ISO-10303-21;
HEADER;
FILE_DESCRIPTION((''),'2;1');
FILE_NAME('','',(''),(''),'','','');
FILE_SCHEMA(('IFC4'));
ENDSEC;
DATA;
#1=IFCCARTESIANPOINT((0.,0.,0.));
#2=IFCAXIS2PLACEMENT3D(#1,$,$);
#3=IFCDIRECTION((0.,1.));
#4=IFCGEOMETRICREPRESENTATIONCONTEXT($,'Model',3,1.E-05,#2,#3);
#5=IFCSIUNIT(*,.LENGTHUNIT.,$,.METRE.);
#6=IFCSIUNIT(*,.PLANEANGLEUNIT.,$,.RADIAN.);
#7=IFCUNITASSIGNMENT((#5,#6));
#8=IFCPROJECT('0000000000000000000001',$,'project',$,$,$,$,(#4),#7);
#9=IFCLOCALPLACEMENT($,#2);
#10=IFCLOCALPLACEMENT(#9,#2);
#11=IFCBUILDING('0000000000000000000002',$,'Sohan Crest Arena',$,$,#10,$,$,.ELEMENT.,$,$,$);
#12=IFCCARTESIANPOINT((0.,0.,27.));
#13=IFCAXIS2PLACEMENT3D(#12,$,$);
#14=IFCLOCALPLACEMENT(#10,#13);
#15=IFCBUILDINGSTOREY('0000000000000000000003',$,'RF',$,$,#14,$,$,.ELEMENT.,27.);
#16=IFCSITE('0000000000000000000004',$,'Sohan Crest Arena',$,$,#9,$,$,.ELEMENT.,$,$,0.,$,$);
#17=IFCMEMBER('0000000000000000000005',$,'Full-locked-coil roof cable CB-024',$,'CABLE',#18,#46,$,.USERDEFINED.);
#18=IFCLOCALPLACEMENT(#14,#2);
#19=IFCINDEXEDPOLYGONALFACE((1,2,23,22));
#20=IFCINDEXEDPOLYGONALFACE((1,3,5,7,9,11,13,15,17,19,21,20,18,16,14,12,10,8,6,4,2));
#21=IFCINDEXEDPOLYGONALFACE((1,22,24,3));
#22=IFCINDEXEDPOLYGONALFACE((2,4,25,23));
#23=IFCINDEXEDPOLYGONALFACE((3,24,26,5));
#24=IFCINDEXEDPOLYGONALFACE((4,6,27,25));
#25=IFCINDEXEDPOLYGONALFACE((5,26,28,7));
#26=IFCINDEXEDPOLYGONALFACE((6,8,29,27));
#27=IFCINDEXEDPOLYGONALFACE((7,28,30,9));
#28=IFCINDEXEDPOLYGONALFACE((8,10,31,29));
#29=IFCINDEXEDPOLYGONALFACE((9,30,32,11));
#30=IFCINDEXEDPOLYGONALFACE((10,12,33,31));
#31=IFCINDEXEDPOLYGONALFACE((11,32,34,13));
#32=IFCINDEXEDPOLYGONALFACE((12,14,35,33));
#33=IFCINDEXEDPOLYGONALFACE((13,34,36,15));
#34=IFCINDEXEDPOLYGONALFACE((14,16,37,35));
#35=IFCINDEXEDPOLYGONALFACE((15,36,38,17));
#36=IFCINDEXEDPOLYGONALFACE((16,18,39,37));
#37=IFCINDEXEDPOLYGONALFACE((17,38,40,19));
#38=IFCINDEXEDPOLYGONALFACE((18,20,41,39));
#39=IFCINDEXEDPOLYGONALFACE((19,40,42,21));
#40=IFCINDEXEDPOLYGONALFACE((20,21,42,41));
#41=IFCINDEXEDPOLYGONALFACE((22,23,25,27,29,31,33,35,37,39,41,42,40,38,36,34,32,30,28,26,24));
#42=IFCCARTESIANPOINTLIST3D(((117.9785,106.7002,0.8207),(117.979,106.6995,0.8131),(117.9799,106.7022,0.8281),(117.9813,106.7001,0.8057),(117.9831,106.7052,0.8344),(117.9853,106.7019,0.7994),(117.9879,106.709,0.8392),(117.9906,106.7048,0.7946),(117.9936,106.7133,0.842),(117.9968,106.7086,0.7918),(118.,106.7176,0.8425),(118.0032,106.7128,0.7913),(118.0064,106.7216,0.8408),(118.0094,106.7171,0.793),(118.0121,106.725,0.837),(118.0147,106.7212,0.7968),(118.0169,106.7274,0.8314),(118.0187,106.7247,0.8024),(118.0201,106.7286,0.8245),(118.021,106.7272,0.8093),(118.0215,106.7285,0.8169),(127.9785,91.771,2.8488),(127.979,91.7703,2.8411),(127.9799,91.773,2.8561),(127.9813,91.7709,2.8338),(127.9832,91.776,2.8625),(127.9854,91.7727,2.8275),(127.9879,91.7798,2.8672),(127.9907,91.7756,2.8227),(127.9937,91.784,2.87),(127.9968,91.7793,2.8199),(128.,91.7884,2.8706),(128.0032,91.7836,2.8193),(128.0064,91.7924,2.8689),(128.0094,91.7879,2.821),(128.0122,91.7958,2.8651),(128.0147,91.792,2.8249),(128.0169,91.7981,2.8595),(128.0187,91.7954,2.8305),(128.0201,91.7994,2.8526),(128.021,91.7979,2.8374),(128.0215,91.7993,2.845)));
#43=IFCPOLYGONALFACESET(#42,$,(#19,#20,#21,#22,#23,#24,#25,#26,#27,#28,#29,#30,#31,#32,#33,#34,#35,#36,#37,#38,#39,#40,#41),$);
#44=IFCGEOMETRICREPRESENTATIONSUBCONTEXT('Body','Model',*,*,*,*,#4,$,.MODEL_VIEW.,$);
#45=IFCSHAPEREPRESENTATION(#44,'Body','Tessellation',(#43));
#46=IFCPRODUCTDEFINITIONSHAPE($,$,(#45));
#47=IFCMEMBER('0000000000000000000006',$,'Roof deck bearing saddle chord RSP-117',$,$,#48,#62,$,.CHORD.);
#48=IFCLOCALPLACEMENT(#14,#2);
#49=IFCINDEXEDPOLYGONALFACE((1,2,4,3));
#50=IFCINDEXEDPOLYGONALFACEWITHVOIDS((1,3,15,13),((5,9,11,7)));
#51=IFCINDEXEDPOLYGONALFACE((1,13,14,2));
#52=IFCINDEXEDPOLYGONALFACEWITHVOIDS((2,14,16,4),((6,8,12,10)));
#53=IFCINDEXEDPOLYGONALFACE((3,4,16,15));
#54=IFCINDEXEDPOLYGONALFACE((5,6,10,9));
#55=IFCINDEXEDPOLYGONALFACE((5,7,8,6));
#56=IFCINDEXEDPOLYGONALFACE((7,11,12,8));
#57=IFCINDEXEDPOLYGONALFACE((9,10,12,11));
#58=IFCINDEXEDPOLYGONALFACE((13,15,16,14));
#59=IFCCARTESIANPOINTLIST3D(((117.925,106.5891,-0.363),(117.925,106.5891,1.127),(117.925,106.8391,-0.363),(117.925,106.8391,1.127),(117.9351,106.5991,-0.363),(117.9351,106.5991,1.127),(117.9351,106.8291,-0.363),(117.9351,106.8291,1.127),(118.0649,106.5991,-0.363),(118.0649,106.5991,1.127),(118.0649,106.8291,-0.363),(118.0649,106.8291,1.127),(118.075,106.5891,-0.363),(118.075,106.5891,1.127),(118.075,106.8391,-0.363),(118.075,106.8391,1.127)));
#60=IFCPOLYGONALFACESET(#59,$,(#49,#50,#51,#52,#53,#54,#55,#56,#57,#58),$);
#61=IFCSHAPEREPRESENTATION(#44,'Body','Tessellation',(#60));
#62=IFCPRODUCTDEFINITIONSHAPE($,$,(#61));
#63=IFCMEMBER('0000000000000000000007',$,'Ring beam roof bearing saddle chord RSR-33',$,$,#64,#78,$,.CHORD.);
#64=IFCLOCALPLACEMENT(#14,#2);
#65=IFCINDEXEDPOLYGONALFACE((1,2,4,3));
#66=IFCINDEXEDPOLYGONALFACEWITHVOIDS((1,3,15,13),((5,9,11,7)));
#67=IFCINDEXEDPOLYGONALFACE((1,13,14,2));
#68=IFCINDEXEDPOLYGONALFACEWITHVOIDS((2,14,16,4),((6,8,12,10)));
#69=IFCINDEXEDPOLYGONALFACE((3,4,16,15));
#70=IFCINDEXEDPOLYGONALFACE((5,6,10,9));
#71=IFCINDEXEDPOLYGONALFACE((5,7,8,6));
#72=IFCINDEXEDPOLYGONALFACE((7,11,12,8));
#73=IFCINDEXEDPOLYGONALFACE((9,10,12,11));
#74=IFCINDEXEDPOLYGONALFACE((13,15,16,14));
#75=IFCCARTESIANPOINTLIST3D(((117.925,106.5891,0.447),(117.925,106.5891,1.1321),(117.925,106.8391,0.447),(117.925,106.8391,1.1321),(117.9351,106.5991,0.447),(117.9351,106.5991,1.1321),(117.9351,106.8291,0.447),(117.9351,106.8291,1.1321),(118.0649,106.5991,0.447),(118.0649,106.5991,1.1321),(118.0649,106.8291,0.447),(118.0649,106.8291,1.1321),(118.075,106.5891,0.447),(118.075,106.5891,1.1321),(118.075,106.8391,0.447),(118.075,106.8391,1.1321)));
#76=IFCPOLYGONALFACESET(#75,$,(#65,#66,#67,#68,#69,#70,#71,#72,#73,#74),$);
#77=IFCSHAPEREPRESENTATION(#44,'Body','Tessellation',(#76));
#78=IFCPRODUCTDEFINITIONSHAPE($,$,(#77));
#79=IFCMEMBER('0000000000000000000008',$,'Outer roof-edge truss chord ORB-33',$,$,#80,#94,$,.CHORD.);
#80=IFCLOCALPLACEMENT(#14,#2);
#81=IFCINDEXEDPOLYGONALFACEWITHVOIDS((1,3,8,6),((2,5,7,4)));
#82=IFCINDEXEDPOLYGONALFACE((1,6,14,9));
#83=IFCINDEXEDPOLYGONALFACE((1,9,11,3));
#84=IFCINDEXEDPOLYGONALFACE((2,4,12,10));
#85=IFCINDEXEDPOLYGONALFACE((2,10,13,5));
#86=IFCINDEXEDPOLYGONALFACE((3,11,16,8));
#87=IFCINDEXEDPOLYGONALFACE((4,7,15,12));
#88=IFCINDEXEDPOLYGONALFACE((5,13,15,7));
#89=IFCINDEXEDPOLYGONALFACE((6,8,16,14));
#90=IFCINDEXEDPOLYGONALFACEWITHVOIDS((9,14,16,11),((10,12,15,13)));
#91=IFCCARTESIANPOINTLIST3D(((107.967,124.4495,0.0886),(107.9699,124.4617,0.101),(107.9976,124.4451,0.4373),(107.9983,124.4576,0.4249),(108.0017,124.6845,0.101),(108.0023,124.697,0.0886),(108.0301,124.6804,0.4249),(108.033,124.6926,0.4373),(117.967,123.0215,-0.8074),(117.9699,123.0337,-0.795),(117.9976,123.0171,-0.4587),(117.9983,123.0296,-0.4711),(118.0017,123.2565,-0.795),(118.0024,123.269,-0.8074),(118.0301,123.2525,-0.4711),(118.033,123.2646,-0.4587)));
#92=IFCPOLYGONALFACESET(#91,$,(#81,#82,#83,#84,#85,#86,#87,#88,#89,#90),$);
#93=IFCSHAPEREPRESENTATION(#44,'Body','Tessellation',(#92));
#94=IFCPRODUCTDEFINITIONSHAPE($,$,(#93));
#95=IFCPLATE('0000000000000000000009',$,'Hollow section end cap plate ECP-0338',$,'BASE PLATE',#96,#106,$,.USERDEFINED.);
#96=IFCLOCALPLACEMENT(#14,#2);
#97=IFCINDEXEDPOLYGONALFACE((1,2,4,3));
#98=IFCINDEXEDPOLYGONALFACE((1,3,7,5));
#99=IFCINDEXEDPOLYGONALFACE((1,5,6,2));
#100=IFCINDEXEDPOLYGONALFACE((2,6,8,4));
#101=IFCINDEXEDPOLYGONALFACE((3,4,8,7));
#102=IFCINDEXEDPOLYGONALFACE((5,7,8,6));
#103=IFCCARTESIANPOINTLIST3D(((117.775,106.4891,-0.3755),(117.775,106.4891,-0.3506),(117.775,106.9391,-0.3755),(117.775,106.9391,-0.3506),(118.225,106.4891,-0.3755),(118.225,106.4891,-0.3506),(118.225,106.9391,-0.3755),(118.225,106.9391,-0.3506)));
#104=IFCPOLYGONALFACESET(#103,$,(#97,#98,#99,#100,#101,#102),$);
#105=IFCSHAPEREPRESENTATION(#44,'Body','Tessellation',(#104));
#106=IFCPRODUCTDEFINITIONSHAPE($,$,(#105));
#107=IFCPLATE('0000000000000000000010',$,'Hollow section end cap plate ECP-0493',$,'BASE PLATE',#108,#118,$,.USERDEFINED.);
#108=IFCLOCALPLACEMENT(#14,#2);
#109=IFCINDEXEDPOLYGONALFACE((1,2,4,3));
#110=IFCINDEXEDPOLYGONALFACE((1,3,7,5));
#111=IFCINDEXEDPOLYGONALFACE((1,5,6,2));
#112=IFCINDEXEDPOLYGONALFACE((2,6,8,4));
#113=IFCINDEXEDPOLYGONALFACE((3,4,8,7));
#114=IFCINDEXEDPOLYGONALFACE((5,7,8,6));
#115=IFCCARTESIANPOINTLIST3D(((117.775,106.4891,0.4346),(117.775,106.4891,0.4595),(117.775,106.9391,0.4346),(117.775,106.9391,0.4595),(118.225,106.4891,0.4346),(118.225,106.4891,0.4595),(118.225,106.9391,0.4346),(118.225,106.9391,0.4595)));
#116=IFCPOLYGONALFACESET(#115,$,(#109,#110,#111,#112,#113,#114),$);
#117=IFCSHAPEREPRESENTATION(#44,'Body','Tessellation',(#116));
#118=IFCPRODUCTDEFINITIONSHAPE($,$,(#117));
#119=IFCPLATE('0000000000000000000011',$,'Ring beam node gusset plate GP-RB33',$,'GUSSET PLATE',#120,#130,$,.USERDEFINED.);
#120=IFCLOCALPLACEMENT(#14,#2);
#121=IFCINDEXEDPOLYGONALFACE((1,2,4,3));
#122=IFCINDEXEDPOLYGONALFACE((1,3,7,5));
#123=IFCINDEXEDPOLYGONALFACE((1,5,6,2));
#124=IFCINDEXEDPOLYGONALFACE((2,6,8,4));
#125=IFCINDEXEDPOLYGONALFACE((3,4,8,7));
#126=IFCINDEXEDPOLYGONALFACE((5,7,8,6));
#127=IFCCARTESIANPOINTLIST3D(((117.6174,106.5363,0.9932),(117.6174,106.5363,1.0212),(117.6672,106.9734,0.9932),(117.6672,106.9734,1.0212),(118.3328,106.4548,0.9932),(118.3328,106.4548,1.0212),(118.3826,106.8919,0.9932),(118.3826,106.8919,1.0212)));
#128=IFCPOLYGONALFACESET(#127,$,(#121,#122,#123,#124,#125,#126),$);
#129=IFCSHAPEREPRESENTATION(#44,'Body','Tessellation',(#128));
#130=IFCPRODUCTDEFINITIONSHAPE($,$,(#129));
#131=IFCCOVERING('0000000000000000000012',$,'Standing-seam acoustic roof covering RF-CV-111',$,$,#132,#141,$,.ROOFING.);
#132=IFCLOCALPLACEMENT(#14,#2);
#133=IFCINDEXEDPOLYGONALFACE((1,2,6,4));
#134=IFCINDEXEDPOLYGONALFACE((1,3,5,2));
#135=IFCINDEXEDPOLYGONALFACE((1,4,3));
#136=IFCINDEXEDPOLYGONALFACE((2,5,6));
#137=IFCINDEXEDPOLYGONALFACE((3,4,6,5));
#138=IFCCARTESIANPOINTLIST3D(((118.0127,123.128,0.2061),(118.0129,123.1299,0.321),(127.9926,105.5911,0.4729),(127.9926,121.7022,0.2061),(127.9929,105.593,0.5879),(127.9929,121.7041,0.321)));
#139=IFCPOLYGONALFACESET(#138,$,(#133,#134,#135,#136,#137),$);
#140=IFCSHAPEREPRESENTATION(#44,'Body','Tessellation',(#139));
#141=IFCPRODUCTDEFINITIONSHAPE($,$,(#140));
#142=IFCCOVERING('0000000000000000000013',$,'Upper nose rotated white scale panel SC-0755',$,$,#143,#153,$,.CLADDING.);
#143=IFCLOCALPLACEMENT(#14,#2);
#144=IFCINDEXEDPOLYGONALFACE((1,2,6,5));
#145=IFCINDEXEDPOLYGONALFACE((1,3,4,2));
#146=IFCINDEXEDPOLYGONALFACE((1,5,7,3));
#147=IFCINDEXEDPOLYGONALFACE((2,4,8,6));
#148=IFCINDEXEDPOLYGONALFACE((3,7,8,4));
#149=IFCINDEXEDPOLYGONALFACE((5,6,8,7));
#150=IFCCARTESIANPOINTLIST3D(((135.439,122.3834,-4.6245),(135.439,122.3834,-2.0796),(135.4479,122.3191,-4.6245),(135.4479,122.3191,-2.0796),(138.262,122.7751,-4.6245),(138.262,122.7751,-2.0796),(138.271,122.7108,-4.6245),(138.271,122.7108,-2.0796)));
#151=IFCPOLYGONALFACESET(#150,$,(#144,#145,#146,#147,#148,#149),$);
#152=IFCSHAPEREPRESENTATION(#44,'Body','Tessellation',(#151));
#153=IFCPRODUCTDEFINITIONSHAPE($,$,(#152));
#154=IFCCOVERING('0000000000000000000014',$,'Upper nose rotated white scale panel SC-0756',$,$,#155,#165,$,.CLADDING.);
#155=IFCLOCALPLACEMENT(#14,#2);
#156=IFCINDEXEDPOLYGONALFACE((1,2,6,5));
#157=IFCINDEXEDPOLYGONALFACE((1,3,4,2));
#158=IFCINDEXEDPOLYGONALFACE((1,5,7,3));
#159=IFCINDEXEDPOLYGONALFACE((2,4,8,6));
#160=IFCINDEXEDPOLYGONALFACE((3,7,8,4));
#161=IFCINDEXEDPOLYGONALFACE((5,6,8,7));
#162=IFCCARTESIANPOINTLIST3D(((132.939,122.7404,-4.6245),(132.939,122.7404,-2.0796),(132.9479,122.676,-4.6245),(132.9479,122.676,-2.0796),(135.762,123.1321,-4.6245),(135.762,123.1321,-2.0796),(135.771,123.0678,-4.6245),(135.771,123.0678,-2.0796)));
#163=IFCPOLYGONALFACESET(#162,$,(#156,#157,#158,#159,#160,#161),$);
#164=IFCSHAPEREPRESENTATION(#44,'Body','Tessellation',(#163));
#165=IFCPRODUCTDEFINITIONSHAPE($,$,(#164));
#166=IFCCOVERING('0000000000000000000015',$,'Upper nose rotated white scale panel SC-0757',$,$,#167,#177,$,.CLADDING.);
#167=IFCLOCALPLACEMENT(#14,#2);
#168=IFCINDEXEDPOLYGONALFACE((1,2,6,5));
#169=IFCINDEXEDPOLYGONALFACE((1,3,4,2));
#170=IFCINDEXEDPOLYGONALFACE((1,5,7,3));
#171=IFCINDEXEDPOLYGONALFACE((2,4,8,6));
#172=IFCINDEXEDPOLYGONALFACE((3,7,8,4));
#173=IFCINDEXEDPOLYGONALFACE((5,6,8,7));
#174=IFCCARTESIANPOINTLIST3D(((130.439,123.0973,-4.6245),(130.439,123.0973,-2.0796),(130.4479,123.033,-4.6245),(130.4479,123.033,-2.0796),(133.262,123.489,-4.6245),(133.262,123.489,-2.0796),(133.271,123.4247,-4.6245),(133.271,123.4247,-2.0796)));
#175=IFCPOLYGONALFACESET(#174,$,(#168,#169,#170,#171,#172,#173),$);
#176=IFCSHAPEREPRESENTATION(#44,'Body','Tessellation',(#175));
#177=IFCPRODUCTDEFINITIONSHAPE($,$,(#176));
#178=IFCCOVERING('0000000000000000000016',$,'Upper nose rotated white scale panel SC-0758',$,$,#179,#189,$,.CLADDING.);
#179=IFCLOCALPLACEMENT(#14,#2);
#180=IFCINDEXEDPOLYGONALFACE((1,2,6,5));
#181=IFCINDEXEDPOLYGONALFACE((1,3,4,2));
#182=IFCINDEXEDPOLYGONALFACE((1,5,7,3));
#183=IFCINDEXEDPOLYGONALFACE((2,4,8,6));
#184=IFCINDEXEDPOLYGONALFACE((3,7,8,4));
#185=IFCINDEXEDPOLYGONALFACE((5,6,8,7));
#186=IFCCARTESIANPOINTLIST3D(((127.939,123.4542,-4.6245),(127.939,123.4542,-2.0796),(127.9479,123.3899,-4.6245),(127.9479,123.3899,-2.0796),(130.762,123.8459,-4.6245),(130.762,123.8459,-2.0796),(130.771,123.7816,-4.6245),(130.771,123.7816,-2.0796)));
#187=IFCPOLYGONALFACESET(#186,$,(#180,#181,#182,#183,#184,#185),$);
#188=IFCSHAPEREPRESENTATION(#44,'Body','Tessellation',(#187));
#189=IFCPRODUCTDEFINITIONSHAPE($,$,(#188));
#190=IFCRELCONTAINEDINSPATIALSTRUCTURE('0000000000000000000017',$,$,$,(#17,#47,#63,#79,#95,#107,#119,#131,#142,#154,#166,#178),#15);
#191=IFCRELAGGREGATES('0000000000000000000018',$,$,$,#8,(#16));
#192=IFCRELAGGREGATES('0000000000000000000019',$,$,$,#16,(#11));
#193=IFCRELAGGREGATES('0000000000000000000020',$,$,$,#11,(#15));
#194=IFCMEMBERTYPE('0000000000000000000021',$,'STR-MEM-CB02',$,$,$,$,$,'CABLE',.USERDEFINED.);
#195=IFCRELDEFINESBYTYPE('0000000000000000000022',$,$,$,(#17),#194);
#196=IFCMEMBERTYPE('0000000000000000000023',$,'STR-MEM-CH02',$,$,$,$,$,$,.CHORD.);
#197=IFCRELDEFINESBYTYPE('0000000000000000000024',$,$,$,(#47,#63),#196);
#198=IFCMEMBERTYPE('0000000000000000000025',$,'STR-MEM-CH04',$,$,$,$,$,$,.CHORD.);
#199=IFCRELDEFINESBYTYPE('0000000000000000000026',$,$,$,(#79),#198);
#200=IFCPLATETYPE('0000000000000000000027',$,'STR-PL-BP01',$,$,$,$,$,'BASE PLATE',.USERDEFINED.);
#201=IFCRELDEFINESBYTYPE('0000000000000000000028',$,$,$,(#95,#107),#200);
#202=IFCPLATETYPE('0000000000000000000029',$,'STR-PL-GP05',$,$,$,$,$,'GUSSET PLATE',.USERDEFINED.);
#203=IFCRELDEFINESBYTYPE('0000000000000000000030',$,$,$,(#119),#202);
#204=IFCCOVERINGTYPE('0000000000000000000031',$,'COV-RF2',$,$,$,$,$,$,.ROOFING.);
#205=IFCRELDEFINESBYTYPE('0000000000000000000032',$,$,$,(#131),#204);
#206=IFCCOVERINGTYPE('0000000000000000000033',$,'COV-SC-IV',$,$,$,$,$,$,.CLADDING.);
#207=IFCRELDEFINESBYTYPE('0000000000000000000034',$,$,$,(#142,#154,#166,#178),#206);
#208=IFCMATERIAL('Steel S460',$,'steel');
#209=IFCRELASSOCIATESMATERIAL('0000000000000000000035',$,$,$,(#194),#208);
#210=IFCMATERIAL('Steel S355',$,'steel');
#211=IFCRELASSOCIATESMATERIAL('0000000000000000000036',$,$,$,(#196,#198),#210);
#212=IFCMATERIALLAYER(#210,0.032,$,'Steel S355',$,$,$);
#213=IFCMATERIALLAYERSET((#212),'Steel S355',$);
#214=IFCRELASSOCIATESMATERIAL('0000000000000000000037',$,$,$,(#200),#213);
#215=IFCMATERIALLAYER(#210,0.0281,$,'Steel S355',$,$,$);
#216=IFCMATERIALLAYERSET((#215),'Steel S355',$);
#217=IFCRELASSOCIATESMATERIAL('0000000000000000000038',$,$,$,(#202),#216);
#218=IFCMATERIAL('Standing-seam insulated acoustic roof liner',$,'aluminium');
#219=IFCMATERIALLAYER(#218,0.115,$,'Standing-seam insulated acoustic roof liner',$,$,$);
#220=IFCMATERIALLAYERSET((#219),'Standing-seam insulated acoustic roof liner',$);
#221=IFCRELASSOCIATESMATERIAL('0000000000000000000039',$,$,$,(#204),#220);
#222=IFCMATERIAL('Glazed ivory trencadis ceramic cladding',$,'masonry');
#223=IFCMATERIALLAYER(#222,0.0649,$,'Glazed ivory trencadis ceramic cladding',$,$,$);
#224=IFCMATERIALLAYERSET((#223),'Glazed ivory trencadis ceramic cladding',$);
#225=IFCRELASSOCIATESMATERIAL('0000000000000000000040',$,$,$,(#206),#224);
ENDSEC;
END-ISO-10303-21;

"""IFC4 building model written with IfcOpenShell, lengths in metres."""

from ifc_helpers import new_model, si_unit, direction, frame, origin, origin_2d, place, context, subcontext, project, spatial, polyline, rectangle, hollow_rectangle, circle, outline, extrude, material, layer, layer_set, material_profile, profile_set, type_object, element, save


model = new_model("IFC4")

# Units and contexts
model_context = context("Model", 3, precision=1e-05, world=origin(), true_north=direction((0.0, 1.0)))
body_context = subcontext(model_context, "Body", "Model", "MODEL_VIEW")
ifc_project = project(units=[si_unit("LENGTHUNIT", "METRE"), si_unit("PLANEANGLEUNIT", "RADIAN")], contexts=[model_context])

# Site, building, storey
site_placement = place(None, origin())
site = spatial("IfcSite", under=ifc_project, at=site_placement, Name="Sohan Crest Arena", CompositionType="ELEMENT", RefElevation=0.0)
building_placement = place(site_placement, origin())
building = spatial("IfcBuilding", under=site, at=building_placement, Name="Sohan Crest Arena", CompositionType="ELEMENT")
storey_placement = place(building_placement, frame((0.0, 0.0, 27.0)))
storey = spatial("IfcBuildingStorey", under=building, at=storey_placement, Name="RF", CompositionType="ELEMENT", Elevation=27.0)

# Shared definitions
ifc_material_1 = material(Name="Steel S355", Category="steel")

# Members
ifc_material_2 = material(Name="Steel S460", Category="steel")
ifc_material_profile_1 = material_profile(ifc_material_2, circle(Radius=0.0259, at=origin_2d()), Name="FLC D52")
ifc_profile_set_1 = profile_set([ifc_material_profile_1], Name="Steel S460")
member_type_1 = type_object("IfcMemberType", Name="STR-MEM-CB02", ElementType="CABLE", PredefinedType="USERDEFINED", material=ifc_profile_set_1)
member_1_placement = place(storey_placement, frame((118.0, 106.7141, 0.8169), z_axis=(0.553006, -0.825594, 0.112154), x_axis=(0.830836, 0.556517, 0.0)))
element("IfcMember", 1, at=member_1_placement, inside=storey, type_object=member_type_1, Name="Full-locked-coil roof cable CB-024", ObjectType="CABLE", PredefinedType="USERDEFINED", context=body_context, shape_type="SweptSolid", body=[
    extrude(circle(Radius=0.0259, at=origin_2d()), origin(), (0.0, 0.0, 1.0), 18.083),
])
ifc_material_profile_2 = material_profile(ifc_material_1, hollow_rectangle(XDim=0.1499, YDim=0.25, WallThickness=0.01, at=origin_2d()), Name="RHS 250x150x10")
ifc_profile_set_2 = profile_set([ifc_material_profile_2], Name="Steel S355")
member_type_2 = type_object("IfcMemberType", Name="STR-MEM-CH02", PredefinedType="CHORD", material=ifc_profile_set_2)
member_2_placement = place(storey_placement, frame((118.0, 106.7141, -0.363), z_axis=(0.0, 0.0, 1.0), x_axis=(1.0, 0.0, 0.0)))
element("IfcMember", 2, at=member_2_placement, inside=storey, type_object=member_type_2, Name="Roof deck bearing saddle chord RSP-117", PredefinedType="CHORD", context=body_context, shape_type="SweptSolid", body=[
    extrude(hollow_rectangle(XDim=0.1499, YDim=0.25, WallThickness=0.01, at=origin_2d()), origin(), (0.0, 0.0, 1.0), 1.49),
])
member_3_placement = place(storey_placement, frame((118.0, 106.7141, 0.447), z_axis=(0.0, 0.0, 1.0), x_axis=(1.0, 0.0, 0.0)))
element("IfcMember", 3, at=member_3_placement, inside=storey, type_object=member_type_2, Name="Ring beam roof bearing saddle chord RSR-33", PredefinedType="CHORD", context=body_context, shape_type="SweptSolid", body=[
    extrude(hollow_rectangle(XDim=0.1499, YDim=0.25, WallThickness=0.01, at=origin_2d()), origin(), (0.0, 0.0, 1.0), 0.6851),
])
ifc_material_profile_3 = material_profile(ifc_material_1, hollow_rectangle(XDim=0.25, YDim=0.3501, WallThickness=0.0125, at=origin_2d()), Name="RHS 350x250x12.5")
ifc_profile_set_3 = profile_set([ifc_material_profile_3], Name="Steel S355")
member_type_3 = type_object("IfcMemberType", Name="STR-MEM-CH04", PredefinedType="CHORD", material=ifc_profile_set_3)
member_4_placement = place(storey_placement, frame((118.0, 123.1431, -0.6331), z_axis=(-0.986086, 0.140811, 0.088353), x_axis=(-0.141364, -0.989958, 0.0)))
element("IfcMember", 4, at=member_4_placement, inside=storey, type_object=member_type_3, Name="Outer roof-edge truss chord ORB-33", PredefinedType="CHORD", context=body_context, shape_type="SweptSolid", body=[
    extrude(hollow_rectangle(XDim=0.25, YDim=0.3501, WallThickness=0.0125, at=origin_2d()), origin(), (0.0, 0.0, 1.0), 10.1411),
])

# Plates
ifc_layer_1 = layer(ifc_material_1, 0.032, Name="Steel S355")
ifc_layer_set_1 = layer_set([ifc_layer_1], Name="Steel S355")
plate_type_1 = type_object("IfcPlateType", Name="STR-PL-BP01", ElementType="BASE PLATE", PredefinedType="USERDEFINED", material=ifc_layer_set_1)
for number, where, z_axis, x_axis, name in (
    (5, (118.0, 106.7141, -0.3755), (0.0, 0.0, 1.0), (1.0, 0.0, 0.0), "Hollow section end cap plate ECP-0338"),
    (6, (118.0, 106.7141, 0.4346), (0.0, 0.0, 1.0), (1.0, 0.0, 0.0), "Hollow section end cap plate ECP-0493"),
):
    element("IfcPlate", number, at=place(storey_placement, frame(where, z_axis=z_axis, x_axis=x_axis)), inside=storey, type_object=plate_type_1, Name=name, ObjectType="BASE PLATE", PredefinedType="USERDEFINED", context=body_context, shape_type="SweptSolid", body=[
        extrude(rectangle(XDim=0.45, YDim=0.45, at=origin_2d()), origin(), (0.0, 0.0, 1.0), 0.0249),
    ])
ifc_layer_2 = layer(ifc_material_1, 0.0281, Name="Steel S355")
ifc_layer_set_2 = layer_set([ifc_layer_2], Name="Steel S355")
plate_type_2 = type_object("IfcPlateType", Name="STR-PL-GP05", ElementType="GUSSET PLATE", PredefinedType="USERDEFINED", material=ifc_layer_set_2)
plate_placement = place(storey_placement, frame((118.0, 106.7141, 0.9932), z_axis=(0.0, 0.0, 1.0), x_axis=(-0.993572, 0.113203, 0.0)))
element("IfcPlate", 7, at=plate_placement, inside=storey, type_object=plate_type_2, Name="Ring beam node gusset plate GP-RB33", ObjectType="GUSSET PLATE", PredefinedType="USERDEFINED", context=body_context, shape_type="SweptSolid", body=[
    extrude(rectangle(XDim=0.72, YDim=0.4399, at=origin_2d()), origin(), (0.0, 0.0, 1.0), 0.0281),
])

# Coverings
ifc_material_3 = material(Name="Standing-seam insulated acoustic roof liner", Category="aluminium")
ifc_layer_3 = layer(ifc_material_3, 0.115, Name="Standing-seam insulated acoustic roof liner")
ifc_layer_set_3 = layer_set([ifc_layer_3], Name="Standing-seam insulated acoustic roof liner")
covering_type_1 = type_object("IfcCoveringType", Name="COV-RF2", PredefinedType="ROOFING", material=ifc_layer_set_3)
covering_1_placement = place(storey_placement, frame((127.9929, 105.593, 0.5879), z_axis=(0.002366, 0.016561, 0.99986), x_axis=(0.0, 0.999863, -0.016561)))
element("IfcCovering", 8, at=covering_1_placement, inside=storey, type_object=covering_type_1, Name="Standing-seam acoustic roof covering RF-CV-111", PredefinedType="ROOFING", context=body_context, shape_type="SweptSolid", body=[
    extrude(outline(polyline([(0.0, 0.0), (16.1133, 0.0), (17.5389, 9.98), (0.0, 0.0)])), origin(), (0.0, 0.0, -1.0), 0.115),
])
ifc_material_4 = material(Name="Glazed ivory trencadis ceramic cladding", Category="masonry")
ifc_layer_4 = layer(ifc_material_4, 0.0649, Name="Glazed ivory trencadis ceramic cladding")
ifc_layer_set_4 = layer_set([ifc_layer_4], Name="Glazed ivory trencadis ceramic cladding")
covering_type_2 = type_object("IfcCoveringType", Name="COV-SC-IV", PredefinedType="CLADDING", material=ifc_layer_set_4)
for number, where, z_axis, x_axis, name in (
    (9, (136.855, 122.5471, -4.6245), (0.0, 0.0, 1.0), (-0.990509, -0.137445, 0.0), "Upper nose rotated white scale panel SC-0755"),
    (10, (134.355, 122.9041, -4.6245), (0.0, 0.0, 1.0), (-0.990509, -0.137445, 0.0), "Upper nose rotated white scale panel SC-0756"),
    (11, (131.855, 123.261, -4.6245), (0.0, 0.0, 1.0), (-0.990509, -0.137445, 0.0), "Upper nose rotated white scale panel SC-0757"),
    (12, (129.355, 123.6179, -4.6245), (0.0, 0.0, 1.0), (-0.990509, -0.137445, 0.0), "Upper nose rotated white scale panel SC-0758"),
):
    element("IfcCovering", number, at=place(storey_placement, frame(where, z_axis=z_axis, x_axis=x_axis)), inside=storey, type_object=covering_type_2, Name=name, PredefinedType="CLADDING", context=body_context, shape_type="SweptSolid", body=[
        extrude(rectangle(XDim=2.8501, YDim=0.0649, at=origin_2d()), origin(), (0.0, 0.0, 1.0), 2.5449),
    ])

save(model, "model.ifc")
